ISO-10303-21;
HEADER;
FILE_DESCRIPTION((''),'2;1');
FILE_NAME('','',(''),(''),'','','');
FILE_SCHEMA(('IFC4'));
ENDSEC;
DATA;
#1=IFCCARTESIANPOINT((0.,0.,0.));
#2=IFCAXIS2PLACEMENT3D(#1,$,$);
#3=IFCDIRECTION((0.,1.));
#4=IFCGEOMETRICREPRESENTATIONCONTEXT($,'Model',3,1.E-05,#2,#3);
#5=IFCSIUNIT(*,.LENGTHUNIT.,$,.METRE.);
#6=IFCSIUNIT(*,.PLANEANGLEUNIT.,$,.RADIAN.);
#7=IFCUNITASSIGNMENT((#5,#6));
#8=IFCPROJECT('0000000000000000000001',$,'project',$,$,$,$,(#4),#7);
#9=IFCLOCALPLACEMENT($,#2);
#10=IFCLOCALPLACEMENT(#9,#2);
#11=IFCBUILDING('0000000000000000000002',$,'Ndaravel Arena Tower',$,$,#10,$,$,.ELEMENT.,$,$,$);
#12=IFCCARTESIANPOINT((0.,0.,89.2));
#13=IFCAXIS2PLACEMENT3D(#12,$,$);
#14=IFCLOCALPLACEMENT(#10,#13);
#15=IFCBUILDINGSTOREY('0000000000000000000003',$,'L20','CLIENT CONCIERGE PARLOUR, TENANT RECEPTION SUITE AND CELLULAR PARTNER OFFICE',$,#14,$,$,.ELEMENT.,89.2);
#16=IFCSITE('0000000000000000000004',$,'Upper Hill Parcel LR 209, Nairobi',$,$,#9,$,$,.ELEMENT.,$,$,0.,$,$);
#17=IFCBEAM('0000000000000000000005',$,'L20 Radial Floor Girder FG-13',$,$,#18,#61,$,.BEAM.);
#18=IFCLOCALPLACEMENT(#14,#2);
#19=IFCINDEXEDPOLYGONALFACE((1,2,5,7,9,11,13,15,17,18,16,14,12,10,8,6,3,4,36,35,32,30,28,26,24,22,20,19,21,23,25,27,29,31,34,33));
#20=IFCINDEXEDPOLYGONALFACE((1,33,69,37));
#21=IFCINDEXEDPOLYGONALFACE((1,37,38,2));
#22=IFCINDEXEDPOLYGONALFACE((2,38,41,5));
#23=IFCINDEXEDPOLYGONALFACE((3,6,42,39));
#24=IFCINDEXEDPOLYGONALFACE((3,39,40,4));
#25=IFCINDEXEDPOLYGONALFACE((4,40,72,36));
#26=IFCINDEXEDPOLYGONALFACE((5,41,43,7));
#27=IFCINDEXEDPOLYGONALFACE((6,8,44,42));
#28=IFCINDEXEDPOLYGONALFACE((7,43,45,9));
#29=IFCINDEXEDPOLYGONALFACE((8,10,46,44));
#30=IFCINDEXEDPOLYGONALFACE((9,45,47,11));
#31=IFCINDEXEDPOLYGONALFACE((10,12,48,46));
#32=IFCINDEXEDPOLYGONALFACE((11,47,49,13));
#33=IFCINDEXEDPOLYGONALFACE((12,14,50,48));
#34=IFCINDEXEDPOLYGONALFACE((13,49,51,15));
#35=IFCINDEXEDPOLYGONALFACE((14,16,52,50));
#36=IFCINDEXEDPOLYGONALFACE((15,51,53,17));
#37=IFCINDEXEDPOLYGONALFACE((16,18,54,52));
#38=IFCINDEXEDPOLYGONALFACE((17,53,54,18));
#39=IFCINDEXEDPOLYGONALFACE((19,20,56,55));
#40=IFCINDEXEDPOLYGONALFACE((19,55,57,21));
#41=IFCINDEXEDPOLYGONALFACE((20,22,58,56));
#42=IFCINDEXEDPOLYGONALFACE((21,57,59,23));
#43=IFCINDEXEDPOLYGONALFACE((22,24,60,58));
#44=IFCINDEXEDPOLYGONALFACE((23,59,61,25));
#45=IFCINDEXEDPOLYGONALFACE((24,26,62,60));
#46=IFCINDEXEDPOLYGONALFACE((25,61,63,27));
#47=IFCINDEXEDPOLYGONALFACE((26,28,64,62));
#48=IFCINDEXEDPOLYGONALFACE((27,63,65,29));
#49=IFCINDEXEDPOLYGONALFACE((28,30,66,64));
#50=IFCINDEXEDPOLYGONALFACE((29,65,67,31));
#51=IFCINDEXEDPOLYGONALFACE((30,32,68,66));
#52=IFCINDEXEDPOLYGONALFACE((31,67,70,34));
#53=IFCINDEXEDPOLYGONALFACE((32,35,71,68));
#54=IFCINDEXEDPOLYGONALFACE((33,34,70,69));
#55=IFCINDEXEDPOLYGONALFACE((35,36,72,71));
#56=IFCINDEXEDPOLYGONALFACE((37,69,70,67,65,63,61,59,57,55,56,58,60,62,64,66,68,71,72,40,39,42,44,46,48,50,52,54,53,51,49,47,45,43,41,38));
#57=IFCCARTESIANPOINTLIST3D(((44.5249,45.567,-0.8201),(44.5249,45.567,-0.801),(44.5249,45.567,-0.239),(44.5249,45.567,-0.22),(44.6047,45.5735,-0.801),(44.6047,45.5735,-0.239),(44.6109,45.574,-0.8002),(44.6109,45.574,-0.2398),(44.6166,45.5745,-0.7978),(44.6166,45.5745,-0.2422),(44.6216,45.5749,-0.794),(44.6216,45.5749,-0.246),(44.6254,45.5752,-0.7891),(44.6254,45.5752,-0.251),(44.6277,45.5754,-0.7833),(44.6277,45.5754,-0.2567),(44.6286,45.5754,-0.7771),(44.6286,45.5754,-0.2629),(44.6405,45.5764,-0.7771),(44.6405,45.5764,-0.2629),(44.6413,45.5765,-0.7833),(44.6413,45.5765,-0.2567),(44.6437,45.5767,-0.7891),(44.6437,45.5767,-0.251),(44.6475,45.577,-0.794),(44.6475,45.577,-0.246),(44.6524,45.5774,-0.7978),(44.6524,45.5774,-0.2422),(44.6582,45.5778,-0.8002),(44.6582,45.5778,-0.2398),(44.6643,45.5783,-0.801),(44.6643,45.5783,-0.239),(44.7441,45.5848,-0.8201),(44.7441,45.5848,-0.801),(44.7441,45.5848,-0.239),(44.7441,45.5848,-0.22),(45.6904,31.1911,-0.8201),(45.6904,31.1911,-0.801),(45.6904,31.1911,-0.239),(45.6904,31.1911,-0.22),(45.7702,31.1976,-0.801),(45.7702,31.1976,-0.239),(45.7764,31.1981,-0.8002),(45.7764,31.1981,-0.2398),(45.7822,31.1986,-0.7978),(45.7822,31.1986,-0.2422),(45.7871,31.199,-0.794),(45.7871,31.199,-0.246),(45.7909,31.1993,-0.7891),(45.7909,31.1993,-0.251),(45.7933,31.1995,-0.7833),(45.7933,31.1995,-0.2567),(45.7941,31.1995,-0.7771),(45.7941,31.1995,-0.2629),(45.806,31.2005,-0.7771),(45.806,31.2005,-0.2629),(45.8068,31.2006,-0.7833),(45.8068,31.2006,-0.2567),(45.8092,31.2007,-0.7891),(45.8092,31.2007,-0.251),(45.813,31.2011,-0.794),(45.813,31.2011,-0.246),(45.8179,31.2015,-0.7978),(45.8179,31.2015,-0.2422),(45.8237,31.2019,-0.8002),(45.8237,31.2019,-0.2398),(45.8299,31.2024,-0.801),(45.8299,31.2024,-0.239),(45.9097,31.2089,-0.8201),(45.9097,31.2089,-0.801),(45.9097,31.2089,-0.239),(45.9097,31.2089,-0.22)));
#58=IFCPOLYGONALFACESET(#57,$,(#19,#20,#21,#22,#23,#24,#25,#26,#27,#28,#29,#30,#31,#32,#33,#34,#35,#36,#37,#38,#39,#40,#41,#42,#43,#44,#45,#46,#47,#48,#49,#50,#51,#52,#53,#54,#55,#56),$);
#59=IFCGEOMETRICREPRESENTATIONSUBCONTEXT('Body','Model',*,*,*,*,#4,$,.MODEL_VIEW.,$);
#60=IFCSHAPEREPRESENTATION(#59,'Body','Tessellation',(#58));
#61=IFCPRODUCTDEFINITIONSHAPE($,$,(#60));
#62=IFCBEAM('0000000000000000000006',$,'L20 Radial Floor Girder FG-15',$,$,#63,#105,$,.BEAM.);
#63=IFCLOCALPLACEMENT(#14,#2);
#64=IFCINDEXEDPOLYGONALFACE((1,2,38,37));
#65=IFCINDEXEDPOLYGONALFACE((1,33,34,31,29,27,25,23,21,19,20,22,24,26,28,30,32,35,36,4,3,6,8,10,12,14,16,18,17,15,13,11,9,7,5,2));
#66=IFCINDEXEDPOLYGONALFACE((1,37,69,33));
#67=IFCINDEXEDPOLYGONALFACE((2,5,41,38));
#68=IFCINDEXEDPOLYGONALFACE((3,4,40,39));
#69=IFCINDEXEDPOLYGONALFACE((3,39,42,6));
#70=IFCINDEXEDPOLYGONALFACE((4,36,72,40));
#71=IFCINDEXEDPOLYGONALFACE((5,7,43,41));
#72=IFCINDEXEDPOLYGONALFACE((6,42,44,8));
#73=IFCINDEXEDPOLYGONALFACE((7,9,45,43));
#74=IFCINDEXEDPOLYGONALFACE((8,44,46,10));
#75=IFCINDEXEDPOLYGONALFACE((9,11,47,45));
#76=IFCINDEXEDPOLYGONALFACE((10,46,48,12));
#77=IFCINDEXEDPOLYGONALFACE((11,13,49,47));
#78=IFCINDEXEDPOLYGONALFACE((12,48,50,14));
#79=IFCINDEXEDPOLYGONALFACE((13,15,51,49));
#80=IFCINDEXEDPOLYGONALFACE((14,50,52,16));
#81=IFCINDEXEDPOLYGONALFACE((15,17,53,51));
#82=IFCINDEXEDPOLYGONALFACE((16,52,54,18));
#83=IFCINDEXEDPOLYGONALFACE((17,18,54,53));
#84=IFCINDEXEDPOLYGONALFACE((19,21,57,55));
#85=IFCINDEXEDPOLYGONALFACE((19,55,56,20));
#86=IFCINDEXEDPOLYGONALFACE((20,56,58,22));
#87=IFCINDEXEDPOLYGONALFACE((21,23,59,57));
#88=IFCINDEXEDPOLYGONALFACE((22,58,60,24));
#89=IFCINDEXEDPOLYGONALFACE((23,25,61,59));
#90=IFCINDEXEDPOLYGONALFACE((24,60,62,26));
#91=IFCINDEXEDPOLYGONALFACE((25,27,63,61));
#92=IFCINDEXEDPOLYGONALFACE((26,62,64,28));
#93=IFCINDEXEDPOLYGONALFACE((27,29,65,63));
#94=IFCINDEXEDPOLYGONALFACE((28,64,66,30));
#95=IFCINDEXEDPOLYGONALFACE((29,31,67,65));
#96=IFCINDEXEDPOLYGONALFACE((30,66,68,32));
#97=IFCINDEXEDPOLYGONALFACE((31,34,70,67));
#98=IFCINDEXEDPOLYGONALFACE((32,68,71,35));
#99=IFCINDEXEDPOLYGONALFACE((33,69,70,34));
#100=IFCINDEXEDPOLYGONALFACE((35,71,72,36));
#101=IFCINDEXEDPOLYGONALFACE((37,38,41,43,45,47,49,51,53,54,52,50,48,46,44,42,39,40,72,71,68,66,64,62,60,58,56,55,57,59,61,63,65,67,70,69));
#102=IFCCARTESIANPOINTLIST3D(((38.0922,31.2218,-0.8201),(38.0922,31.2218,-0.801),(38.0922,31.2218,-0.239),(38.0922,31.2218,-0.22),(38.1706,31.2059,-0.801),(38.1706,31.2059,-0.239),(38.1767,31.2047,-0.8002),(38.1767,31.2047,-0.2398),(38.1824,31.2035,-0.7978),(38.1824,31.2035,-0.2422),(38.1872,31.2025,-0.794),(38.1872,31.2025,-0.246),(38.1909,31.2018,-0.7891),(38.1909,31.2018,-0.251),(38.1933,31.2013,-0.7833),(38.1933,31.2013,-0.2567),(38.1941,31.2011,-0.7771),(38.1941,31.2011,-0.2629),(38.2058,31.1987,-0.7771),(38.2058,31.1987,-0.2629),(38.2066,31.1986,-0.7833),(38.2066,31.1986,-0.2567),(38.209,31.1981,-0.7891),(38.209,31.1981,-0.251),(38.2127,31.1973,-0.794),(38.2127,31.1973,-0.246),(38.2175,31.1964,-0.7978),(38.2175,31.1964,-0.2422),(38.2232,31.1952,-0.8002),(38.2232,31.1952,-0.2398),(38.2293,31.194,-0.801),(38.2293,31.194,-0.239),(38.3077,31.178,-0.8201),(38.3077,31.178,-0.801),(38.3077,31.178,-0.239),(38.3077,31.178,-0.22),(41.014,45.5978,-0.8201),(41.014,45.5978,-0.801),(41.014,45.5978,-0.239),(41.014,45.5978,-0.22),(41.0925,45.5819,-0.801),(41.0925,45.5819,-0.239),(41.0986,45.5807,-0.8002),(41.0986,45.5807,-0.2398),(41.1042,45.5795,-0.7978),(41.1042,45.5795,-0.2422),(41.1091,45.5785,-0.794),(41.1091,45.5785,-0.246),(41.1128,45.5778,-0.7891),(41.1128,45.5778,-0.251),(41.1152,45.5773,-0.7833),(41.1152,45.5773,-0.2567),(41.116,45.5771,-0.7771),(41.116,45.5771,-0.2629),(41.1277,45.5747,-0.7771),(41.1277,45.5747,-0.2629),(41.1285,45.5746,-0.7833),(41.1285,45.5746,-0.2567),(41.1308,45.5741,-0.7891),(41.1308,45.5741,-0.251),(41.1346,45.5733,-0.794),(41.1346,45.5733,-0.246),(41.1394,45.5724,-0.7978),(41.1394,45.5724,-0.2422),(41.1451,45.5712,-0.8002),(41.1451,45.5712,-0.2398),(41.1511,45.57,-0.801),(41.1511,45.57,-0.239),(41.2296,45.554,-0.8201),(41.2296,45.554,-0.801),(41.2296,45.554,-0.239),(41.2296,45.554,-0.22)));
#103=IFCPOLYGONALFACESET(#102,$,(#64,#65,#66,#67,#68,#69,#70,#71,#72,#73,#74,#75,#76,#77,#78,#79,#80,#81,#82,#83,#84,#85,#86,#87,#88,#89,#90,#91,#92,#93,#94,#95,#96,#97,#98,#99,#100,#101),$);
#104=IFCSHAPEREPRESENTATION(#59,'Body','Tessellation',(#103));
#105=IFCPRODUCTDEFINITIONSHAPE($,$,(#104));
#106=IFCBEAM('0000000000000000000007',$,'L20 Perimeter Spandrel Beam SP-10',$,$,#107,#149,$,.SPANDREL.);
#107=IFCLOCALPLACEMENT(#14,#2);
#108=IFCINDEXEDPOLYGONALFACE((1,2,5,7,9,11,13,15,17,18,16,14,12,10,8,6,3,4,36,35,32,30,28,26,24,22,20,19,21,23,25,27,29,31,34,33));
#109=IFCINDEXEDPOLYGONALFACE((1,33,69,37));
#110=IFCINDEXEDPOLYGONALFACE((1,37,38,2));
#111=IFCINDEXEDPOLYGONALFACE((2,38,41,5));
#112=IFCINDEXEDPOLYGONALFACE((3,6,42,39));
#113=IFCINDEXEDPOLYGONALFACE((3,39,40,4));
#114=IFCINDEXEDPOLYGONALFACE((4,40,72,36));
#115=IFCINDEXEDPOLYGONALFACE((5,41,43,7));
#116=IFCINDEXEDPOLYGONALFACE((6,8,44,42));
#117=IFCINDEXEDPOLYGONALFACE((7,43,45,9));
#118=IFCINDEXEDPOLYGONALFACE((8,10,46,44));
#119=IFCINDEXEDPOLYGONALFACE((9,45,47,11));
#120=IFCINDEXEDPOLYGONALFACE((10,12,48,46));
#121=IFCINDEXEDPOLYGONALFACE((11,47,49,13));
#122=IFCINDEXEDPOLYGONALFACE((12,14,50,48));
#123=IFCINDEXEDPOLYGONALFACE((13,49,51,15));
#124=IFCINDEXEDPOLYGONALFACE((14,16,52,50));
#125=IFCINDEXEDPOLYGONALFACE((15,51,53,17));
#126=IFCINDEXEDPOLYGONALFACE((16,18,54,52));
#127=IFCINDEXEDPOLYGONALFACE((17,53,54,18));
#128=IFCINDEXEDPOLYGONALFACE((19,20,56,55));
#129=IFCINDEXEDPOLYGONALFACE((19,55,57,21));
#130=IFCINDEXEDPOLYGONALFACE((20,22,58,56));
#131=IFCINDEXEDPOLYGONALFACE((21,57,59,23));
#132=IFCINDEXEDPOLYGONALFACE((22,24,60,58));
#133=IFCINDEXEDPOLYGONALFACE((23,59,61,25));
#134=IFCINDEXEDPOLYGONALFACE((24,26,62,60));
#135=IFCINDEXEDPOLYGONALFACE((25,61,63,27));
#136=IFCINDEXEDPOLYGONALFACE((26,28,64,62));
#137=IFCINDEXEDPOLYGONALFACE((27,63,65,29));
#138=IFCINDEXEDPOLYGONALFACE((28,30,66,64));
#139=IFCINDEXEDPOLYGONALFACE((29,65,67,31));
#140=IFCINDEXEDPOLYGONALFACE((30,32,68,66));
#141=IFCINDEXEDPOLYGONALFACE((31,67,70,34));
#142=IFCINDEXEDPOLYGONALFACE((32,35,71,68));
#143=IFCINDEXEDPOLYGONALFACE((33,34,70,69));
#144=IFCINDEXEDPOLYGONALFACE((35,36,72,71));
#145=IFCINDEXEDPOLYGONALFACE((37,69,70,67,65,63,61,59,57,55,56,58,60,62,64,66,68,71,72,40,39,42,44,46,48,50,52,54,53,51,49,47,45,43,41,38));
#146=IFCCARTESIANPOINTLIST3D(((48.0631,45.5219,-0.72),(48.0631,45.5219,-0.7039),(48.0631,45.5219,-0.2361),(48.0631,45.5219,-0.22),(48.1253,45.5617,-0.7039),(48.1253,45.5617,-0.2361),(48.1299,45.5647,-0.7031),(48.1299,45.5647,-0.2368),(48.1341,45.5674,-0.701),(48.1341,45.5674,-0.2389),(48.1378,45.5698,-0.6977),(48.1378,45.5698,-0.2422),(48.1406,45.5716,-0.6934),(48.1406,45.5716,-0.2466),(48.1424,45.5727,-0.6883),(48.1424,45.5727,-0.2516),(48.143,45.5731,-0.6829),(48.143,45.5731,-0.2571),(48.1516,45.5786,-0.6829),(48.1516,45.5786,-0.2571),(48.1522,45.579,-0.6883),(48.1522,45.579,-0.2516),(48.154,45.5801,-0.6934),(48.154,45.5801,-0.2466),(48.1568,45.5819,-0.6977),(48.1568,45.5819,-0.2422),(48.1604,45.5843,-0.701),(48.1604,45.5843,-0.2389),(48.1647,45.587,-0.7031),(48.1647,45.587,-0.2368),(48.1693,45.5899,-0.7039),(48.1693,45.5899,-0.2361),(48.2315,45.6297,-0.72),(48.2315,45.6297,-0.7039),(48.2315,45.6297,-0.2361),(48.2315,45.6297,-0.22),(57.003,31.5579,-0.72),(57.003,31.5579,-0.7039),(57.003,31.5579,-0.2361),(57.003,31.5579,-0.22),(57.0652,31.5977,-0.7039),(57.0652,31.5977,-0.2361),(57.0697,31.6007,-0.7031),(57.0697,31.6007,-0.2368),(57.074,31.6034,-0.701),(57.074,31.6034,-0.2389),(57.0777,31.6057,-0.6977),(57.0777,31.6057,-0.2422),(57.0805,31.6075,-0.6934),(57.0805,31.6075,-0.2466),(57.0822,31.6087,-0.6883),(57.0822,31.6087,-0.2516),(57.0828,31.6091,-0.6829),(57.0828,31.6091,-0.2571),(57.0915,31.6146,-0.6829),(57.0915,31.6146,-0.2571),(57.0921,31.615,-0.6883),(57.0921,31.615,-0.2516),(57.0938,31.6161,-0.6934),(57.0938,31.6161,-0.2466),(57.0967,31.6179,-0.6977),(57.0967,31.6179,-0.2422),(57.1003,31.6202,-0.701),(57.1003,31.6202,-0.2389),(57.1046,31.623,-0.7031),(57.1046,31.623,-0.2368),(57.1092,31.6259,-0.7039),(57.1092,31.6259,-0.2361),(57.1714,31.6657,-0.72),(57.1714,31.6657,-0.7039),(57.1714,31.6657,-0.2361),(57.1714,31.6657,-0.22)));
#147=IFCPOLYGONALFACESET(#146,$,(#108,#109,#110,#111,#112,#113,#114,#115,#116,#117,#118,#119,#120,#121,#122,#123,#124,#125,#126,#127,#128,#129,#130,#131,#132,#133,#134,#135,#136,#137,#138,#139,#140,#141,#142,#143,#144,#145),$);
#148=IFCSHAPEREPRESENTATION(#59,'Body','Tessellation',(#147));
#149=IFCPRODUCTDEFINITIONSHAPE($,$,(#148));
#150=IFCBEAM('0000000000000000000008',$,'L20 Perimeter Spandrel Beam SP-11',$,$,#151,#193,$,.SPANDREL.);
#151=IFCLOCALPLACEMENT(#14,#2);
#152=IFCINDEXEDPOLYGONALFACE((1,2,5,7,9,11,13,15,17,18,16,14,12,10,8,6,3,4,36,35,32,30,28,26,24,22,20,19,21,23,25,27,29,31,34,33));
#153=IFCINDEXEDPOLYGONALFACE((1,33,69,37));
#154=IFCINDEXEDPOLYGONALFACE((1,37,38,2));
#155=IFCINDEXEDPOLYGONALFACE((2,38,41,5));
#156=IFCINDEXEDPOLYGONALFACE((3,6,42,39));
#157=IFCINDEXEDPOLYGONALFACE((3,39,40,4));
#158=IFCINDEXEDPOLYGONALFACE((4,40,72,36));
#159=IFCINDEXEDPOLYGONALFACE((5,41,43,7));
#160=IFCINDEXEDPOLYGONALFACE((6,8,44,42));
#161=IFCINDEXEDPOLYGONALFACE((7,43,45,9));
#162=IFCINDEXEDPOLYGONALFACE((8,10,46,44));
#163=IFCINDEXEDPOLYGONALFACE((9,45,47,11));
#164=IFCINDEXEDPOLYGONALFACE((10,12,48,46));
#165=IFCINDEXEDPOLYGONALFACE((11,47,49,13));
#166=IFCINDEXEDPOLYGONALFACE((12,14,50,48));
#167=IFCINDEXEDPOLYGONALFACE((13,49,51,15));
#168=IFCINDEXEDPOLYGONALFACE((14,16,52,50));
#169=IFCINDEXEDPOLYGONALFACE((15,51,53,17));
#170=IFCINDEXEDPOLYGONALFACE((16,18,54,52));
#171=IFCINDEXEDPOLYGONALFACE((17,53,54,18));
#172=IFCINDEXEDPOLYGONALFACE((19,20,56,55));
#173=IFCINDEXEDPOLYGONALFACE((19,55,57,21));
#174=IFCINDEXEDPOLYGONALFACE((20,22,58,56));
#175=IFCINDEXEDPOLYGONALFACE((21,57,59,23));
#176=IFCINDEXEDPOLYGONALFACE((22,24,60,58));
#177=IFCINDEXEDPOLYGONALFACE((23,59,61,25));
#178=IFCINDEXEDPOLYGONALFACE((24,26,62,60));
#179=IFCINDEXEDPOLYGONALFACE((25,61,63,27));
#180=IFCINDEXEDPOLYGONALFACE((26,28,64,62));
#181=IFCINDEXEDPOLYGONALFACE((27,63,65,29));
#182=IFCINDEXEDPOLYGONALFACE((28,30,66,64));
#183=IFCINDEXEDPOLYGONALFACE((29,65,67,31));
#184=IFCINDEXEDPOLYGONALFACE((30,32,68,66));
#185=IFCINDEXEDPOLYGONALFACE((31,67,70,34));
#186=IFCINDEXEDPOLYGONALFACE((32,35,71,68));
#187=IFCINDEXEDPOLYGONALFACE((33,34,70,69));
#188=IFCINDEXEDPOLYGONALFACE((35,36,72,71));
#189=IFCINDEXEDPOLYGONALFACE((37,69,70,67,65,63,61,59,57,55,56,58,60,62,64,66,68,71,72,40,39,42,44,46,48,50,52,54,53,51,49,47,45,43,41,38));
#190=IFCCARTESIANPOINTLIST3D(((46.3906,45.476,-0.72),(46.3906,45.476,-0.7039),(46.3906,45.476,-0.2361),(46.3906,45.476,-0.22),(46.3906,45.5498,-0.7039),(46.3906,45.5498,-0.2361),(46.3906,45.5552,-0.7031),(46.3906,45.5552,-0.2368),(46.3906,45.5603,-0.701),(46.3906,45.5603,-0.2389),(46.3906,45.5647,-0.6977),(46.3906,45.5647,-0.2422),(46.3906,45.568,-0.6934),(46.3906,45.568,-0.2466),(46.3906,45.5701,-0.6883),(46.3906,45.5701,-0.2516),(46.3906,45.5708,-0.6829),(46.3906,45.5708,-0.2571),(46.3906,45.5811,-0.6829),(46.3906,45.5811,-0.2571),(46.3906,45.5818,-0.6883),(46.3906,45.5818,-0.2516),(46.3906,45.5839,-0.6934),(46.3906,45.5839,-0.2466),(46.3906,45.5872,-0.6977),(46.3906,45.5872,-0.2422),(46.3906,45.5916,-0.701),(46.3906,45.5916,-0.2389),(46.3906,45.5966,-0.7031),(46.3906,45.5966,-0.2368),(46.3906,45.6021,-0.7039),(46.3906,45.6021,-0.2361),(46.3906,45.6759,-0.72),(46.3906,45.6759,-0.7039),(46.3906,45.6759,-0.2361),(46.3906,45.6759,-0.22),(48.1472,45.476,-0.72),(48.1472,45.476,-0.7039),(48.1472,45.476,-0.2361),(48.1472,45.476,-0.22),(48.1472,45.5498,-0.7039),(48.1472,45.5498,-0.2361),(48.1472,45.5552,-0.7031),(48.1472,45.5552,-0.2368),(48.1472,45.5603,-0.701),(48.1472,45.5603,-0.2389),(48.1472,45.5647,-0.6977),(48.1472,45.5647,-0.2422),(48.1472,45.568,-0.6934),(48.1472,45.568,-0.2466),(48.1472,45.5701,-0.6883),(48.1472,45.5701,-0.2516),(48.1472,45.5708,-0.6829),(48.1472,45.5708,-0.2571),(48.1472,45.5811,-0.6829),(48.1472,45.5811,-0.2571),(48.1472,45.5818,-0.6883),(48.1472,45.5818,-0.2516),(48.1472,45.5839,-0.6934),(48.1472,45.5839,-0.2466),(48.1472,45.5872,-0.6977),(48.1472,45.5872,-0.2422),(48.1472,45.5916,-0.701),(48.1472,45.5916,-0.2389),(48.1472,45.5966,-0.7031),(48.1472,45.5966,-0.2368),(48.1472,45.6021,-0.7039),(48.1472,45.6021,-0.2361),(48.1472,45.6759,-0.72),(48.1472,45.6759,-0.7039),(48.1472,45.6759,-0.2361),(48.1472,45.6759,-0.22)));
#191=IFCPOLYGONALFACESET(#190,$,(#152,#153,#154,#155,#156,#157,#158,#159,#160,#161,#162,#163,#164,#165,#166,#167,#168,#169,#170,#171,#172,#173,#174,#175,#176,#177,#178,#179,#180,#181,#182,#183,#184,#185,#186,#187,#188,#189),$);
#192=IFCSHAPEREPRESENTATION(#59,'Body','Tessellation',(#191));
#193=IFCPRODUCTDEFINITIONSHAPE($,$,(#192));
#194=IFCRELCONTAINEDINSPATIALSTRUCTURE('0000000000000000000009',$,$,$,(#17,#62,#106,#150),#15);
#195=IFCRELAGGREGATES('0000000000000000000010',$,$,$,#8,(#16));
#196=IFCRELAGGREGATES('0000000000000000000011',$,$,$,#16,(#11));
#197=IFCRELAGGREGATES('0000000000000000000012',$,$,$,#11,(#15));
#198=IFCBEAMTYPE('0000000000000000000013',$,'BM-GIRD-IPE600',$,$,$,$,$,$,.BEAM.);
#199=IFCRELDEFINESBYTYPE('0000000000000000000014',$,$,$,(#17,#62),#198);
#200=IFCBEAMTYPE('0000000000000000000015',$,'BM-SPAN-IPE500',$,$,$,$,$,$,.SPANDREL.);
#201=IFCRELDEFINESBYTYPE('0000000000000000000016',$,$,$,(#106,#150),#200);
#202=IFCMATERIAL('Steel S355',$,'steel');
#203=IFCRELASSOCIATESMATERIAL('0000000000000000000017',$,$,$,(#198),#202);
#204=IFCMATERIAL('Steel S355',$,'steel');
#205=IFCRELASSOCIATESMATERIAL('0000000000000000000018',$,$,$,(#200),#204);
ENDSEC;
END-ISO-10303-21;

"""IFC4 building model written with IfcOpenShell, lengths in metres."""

from ifc_helpers import new_model, si_unit, direction, frame, origin, origin_2d, place, context, subcontext, project, spatial, i_section, extrude, material, material_profile, profile_set, type_object, element, save


model = new_model("IFC4")

# Units and contexts
model_context = context("Model", 3, precision=1e-05, world=origin(), true_north=direction((0.0, 1.0)))
body_context = subcontext(model_context, "Body", "Model", "MODEL_VIEW")
ifc_project = project(units=[si_unit("LENGTHUNIT", "METRE"), si_unit("PLANEANGLEUNIT", "RADIAN")], contexts=[model_context])

# Site, building, storey
site_placement = place(None, origin())
site = spatial("IfcSite", under=ifc_project, at=site_placement, Name="Upper Hill Parcel LR 209, Nairobi", CompositionType="ELEMENT", RefElevation=0.0)
building_placement = place(site_placement, origin())
building = spatial("IfcBuilding", under=site, at=building_placement, Name="Ndaravel Arena Tower", CompositionType="ELEMENT")
storey_placement = place(building_placement, frame((0.0, 0.0, 89.2)))
storey = spatial("IfcBuildingStorey", under=building, at=storey_placement, Name="L20", Description="CLIENT CONCIERGE PARLOUR, TENANT RECEPTION SUITE AND CELLULAR PARTNER OFFICE", CompositionType="ELEMENT", Elevation=89.2)

# Beams
ifc_material_1 = material(Name="Steel S355", Category="steel")
ifc_material_profile_1 = material_profile(ifc_material_1, i_section(OverallWidth=0.22, OverallDepth=0.6001, WebThickness=0.012, FlangeThickness=0.019, FilletRadius=0.0239, at=origin_2d()), Name="IPE 600")
ifc_profile_set_1 = profile_set([ifc_material_profile_1], Name="Steel S355")
beam_type_1 = type_object("IfcBeamType", Name="BM-GIRD-IPE600", PredefinedType="BEAM", material=ifc_profile_set_1)
beam_1_placement = place(storey_placement, frame((44.6345, 45.5759, -0.52), z_axis=(0.08081, -0.99673, 0.0), x_axis=(0.99673, 0.08081, 0.0)))
element("IfcBeam", 1, at=beam_1_placement, inside=storey, type_object=beam_type_1, Name="L20 Radial Floor Girder FG-13", PredefinedType="BEAM", context=body_context, shape_type="SweptSolid", body=[
    extrude(i_section(OverallWidth=0.22, OverallDepth=0.6001, WebThickness=0.012, FlangeThickness=0.019, FilletRadius=0.0239, at=origin_2d()), origin(), (0.0, 0.0, 1.0), 14.4231),
])
beam_2_placement = place(storey_placement, frame((41.1218, 45.5759, -0.52), z_axis=(-0.199175, -0.979964, 0.0), x_axis=(0.979964, -0.199175, 0.0)))
element("IfcBeam", 2, at=beam_2_placement, inside=storey, type_object=beam_type_1, Name="L20 Radial Floor Girder FG-15", PredefinedType="BEAM", context=body_context, shape_type="SweptSolid", body=[
    extrude(i_section(OverallWidth=0.22, OverallDepth=0.6001, WebThickness=0.012, FlangeThickness=0.019, FilletRadius=0.0239, at=origin_2d()), origin(), (0.0, 0.0, 1.0), 14.6699),
])
ifc_material_2 = material(Name="Steel S355", Category="steel")
ifc_material_profile_2 = material_profile(ifc_material_2, i_section(OverallWidth=0.2, OverallDepth=0.5, WebThickness=0.0103, FlangeThickness=0.0161, FilletRadius=0.021, at=origin_2d()), Name="IPE 500")
ifc_profile_set_2 = profile_set([ifc_material_profile_2], Name="Steel S355")
beam_type_2 = type_object("IfcBeamType", Name="BM-SPAN-IPE500", PredefinedType="SPANDREL", material=ifc_profile_set_2)
beam_3_placement = place(storey_placement, frame((57.0872, 31.6118, -0.47), z_axis=(-0.539178, 0.842192, 0.0), x_axis=(-0.842192, -0.539178, 0.0)))
element("IfcBeam", 3, at=beam_3_placement, inside=storey, type_object=beam_type_2, Name="L20 Perimeter Spandrel Beam SP-10", PredefinedType="SPANDREL", context=body_context, shape_type="SweptSolid", body=[
    extrude(i_section(OverallWidth=0.2, OverallDepth=0.5, WebThickness=0.0103, FlangeThickness=0.0161, FilletRadius=0.021, at=origin_2d()), origin(), (0.0, 0.0, 1.0), 16.5806),
])
beam_4_placement = place(storey_placement, frame((48.1472, 45.5759, -0.47), z_axis=(-1.0, 0.0, 0.0), x_axis=(0.0, -1.0, 0.0)))
element("IfcBeam", 4, at=beam_4_placement, inside=storey, type_object=beam_type_2, Name="L20 Perimeter Spandrel Beam SP-11", PredefinedType="SPANDREL", context=body_context, shape_type="SweptSolid", body=[
    extrude(i_section(OverallWidth=0.2, OverallDepth=0.5, WebThickness=0.0103, FlangeThickness=0.0161, FilletRadius=0.021, at=origin_2d()), origin(), (0.0, 0.0, 1.0), 1.7566),
])

save(model, "model.ifc")
